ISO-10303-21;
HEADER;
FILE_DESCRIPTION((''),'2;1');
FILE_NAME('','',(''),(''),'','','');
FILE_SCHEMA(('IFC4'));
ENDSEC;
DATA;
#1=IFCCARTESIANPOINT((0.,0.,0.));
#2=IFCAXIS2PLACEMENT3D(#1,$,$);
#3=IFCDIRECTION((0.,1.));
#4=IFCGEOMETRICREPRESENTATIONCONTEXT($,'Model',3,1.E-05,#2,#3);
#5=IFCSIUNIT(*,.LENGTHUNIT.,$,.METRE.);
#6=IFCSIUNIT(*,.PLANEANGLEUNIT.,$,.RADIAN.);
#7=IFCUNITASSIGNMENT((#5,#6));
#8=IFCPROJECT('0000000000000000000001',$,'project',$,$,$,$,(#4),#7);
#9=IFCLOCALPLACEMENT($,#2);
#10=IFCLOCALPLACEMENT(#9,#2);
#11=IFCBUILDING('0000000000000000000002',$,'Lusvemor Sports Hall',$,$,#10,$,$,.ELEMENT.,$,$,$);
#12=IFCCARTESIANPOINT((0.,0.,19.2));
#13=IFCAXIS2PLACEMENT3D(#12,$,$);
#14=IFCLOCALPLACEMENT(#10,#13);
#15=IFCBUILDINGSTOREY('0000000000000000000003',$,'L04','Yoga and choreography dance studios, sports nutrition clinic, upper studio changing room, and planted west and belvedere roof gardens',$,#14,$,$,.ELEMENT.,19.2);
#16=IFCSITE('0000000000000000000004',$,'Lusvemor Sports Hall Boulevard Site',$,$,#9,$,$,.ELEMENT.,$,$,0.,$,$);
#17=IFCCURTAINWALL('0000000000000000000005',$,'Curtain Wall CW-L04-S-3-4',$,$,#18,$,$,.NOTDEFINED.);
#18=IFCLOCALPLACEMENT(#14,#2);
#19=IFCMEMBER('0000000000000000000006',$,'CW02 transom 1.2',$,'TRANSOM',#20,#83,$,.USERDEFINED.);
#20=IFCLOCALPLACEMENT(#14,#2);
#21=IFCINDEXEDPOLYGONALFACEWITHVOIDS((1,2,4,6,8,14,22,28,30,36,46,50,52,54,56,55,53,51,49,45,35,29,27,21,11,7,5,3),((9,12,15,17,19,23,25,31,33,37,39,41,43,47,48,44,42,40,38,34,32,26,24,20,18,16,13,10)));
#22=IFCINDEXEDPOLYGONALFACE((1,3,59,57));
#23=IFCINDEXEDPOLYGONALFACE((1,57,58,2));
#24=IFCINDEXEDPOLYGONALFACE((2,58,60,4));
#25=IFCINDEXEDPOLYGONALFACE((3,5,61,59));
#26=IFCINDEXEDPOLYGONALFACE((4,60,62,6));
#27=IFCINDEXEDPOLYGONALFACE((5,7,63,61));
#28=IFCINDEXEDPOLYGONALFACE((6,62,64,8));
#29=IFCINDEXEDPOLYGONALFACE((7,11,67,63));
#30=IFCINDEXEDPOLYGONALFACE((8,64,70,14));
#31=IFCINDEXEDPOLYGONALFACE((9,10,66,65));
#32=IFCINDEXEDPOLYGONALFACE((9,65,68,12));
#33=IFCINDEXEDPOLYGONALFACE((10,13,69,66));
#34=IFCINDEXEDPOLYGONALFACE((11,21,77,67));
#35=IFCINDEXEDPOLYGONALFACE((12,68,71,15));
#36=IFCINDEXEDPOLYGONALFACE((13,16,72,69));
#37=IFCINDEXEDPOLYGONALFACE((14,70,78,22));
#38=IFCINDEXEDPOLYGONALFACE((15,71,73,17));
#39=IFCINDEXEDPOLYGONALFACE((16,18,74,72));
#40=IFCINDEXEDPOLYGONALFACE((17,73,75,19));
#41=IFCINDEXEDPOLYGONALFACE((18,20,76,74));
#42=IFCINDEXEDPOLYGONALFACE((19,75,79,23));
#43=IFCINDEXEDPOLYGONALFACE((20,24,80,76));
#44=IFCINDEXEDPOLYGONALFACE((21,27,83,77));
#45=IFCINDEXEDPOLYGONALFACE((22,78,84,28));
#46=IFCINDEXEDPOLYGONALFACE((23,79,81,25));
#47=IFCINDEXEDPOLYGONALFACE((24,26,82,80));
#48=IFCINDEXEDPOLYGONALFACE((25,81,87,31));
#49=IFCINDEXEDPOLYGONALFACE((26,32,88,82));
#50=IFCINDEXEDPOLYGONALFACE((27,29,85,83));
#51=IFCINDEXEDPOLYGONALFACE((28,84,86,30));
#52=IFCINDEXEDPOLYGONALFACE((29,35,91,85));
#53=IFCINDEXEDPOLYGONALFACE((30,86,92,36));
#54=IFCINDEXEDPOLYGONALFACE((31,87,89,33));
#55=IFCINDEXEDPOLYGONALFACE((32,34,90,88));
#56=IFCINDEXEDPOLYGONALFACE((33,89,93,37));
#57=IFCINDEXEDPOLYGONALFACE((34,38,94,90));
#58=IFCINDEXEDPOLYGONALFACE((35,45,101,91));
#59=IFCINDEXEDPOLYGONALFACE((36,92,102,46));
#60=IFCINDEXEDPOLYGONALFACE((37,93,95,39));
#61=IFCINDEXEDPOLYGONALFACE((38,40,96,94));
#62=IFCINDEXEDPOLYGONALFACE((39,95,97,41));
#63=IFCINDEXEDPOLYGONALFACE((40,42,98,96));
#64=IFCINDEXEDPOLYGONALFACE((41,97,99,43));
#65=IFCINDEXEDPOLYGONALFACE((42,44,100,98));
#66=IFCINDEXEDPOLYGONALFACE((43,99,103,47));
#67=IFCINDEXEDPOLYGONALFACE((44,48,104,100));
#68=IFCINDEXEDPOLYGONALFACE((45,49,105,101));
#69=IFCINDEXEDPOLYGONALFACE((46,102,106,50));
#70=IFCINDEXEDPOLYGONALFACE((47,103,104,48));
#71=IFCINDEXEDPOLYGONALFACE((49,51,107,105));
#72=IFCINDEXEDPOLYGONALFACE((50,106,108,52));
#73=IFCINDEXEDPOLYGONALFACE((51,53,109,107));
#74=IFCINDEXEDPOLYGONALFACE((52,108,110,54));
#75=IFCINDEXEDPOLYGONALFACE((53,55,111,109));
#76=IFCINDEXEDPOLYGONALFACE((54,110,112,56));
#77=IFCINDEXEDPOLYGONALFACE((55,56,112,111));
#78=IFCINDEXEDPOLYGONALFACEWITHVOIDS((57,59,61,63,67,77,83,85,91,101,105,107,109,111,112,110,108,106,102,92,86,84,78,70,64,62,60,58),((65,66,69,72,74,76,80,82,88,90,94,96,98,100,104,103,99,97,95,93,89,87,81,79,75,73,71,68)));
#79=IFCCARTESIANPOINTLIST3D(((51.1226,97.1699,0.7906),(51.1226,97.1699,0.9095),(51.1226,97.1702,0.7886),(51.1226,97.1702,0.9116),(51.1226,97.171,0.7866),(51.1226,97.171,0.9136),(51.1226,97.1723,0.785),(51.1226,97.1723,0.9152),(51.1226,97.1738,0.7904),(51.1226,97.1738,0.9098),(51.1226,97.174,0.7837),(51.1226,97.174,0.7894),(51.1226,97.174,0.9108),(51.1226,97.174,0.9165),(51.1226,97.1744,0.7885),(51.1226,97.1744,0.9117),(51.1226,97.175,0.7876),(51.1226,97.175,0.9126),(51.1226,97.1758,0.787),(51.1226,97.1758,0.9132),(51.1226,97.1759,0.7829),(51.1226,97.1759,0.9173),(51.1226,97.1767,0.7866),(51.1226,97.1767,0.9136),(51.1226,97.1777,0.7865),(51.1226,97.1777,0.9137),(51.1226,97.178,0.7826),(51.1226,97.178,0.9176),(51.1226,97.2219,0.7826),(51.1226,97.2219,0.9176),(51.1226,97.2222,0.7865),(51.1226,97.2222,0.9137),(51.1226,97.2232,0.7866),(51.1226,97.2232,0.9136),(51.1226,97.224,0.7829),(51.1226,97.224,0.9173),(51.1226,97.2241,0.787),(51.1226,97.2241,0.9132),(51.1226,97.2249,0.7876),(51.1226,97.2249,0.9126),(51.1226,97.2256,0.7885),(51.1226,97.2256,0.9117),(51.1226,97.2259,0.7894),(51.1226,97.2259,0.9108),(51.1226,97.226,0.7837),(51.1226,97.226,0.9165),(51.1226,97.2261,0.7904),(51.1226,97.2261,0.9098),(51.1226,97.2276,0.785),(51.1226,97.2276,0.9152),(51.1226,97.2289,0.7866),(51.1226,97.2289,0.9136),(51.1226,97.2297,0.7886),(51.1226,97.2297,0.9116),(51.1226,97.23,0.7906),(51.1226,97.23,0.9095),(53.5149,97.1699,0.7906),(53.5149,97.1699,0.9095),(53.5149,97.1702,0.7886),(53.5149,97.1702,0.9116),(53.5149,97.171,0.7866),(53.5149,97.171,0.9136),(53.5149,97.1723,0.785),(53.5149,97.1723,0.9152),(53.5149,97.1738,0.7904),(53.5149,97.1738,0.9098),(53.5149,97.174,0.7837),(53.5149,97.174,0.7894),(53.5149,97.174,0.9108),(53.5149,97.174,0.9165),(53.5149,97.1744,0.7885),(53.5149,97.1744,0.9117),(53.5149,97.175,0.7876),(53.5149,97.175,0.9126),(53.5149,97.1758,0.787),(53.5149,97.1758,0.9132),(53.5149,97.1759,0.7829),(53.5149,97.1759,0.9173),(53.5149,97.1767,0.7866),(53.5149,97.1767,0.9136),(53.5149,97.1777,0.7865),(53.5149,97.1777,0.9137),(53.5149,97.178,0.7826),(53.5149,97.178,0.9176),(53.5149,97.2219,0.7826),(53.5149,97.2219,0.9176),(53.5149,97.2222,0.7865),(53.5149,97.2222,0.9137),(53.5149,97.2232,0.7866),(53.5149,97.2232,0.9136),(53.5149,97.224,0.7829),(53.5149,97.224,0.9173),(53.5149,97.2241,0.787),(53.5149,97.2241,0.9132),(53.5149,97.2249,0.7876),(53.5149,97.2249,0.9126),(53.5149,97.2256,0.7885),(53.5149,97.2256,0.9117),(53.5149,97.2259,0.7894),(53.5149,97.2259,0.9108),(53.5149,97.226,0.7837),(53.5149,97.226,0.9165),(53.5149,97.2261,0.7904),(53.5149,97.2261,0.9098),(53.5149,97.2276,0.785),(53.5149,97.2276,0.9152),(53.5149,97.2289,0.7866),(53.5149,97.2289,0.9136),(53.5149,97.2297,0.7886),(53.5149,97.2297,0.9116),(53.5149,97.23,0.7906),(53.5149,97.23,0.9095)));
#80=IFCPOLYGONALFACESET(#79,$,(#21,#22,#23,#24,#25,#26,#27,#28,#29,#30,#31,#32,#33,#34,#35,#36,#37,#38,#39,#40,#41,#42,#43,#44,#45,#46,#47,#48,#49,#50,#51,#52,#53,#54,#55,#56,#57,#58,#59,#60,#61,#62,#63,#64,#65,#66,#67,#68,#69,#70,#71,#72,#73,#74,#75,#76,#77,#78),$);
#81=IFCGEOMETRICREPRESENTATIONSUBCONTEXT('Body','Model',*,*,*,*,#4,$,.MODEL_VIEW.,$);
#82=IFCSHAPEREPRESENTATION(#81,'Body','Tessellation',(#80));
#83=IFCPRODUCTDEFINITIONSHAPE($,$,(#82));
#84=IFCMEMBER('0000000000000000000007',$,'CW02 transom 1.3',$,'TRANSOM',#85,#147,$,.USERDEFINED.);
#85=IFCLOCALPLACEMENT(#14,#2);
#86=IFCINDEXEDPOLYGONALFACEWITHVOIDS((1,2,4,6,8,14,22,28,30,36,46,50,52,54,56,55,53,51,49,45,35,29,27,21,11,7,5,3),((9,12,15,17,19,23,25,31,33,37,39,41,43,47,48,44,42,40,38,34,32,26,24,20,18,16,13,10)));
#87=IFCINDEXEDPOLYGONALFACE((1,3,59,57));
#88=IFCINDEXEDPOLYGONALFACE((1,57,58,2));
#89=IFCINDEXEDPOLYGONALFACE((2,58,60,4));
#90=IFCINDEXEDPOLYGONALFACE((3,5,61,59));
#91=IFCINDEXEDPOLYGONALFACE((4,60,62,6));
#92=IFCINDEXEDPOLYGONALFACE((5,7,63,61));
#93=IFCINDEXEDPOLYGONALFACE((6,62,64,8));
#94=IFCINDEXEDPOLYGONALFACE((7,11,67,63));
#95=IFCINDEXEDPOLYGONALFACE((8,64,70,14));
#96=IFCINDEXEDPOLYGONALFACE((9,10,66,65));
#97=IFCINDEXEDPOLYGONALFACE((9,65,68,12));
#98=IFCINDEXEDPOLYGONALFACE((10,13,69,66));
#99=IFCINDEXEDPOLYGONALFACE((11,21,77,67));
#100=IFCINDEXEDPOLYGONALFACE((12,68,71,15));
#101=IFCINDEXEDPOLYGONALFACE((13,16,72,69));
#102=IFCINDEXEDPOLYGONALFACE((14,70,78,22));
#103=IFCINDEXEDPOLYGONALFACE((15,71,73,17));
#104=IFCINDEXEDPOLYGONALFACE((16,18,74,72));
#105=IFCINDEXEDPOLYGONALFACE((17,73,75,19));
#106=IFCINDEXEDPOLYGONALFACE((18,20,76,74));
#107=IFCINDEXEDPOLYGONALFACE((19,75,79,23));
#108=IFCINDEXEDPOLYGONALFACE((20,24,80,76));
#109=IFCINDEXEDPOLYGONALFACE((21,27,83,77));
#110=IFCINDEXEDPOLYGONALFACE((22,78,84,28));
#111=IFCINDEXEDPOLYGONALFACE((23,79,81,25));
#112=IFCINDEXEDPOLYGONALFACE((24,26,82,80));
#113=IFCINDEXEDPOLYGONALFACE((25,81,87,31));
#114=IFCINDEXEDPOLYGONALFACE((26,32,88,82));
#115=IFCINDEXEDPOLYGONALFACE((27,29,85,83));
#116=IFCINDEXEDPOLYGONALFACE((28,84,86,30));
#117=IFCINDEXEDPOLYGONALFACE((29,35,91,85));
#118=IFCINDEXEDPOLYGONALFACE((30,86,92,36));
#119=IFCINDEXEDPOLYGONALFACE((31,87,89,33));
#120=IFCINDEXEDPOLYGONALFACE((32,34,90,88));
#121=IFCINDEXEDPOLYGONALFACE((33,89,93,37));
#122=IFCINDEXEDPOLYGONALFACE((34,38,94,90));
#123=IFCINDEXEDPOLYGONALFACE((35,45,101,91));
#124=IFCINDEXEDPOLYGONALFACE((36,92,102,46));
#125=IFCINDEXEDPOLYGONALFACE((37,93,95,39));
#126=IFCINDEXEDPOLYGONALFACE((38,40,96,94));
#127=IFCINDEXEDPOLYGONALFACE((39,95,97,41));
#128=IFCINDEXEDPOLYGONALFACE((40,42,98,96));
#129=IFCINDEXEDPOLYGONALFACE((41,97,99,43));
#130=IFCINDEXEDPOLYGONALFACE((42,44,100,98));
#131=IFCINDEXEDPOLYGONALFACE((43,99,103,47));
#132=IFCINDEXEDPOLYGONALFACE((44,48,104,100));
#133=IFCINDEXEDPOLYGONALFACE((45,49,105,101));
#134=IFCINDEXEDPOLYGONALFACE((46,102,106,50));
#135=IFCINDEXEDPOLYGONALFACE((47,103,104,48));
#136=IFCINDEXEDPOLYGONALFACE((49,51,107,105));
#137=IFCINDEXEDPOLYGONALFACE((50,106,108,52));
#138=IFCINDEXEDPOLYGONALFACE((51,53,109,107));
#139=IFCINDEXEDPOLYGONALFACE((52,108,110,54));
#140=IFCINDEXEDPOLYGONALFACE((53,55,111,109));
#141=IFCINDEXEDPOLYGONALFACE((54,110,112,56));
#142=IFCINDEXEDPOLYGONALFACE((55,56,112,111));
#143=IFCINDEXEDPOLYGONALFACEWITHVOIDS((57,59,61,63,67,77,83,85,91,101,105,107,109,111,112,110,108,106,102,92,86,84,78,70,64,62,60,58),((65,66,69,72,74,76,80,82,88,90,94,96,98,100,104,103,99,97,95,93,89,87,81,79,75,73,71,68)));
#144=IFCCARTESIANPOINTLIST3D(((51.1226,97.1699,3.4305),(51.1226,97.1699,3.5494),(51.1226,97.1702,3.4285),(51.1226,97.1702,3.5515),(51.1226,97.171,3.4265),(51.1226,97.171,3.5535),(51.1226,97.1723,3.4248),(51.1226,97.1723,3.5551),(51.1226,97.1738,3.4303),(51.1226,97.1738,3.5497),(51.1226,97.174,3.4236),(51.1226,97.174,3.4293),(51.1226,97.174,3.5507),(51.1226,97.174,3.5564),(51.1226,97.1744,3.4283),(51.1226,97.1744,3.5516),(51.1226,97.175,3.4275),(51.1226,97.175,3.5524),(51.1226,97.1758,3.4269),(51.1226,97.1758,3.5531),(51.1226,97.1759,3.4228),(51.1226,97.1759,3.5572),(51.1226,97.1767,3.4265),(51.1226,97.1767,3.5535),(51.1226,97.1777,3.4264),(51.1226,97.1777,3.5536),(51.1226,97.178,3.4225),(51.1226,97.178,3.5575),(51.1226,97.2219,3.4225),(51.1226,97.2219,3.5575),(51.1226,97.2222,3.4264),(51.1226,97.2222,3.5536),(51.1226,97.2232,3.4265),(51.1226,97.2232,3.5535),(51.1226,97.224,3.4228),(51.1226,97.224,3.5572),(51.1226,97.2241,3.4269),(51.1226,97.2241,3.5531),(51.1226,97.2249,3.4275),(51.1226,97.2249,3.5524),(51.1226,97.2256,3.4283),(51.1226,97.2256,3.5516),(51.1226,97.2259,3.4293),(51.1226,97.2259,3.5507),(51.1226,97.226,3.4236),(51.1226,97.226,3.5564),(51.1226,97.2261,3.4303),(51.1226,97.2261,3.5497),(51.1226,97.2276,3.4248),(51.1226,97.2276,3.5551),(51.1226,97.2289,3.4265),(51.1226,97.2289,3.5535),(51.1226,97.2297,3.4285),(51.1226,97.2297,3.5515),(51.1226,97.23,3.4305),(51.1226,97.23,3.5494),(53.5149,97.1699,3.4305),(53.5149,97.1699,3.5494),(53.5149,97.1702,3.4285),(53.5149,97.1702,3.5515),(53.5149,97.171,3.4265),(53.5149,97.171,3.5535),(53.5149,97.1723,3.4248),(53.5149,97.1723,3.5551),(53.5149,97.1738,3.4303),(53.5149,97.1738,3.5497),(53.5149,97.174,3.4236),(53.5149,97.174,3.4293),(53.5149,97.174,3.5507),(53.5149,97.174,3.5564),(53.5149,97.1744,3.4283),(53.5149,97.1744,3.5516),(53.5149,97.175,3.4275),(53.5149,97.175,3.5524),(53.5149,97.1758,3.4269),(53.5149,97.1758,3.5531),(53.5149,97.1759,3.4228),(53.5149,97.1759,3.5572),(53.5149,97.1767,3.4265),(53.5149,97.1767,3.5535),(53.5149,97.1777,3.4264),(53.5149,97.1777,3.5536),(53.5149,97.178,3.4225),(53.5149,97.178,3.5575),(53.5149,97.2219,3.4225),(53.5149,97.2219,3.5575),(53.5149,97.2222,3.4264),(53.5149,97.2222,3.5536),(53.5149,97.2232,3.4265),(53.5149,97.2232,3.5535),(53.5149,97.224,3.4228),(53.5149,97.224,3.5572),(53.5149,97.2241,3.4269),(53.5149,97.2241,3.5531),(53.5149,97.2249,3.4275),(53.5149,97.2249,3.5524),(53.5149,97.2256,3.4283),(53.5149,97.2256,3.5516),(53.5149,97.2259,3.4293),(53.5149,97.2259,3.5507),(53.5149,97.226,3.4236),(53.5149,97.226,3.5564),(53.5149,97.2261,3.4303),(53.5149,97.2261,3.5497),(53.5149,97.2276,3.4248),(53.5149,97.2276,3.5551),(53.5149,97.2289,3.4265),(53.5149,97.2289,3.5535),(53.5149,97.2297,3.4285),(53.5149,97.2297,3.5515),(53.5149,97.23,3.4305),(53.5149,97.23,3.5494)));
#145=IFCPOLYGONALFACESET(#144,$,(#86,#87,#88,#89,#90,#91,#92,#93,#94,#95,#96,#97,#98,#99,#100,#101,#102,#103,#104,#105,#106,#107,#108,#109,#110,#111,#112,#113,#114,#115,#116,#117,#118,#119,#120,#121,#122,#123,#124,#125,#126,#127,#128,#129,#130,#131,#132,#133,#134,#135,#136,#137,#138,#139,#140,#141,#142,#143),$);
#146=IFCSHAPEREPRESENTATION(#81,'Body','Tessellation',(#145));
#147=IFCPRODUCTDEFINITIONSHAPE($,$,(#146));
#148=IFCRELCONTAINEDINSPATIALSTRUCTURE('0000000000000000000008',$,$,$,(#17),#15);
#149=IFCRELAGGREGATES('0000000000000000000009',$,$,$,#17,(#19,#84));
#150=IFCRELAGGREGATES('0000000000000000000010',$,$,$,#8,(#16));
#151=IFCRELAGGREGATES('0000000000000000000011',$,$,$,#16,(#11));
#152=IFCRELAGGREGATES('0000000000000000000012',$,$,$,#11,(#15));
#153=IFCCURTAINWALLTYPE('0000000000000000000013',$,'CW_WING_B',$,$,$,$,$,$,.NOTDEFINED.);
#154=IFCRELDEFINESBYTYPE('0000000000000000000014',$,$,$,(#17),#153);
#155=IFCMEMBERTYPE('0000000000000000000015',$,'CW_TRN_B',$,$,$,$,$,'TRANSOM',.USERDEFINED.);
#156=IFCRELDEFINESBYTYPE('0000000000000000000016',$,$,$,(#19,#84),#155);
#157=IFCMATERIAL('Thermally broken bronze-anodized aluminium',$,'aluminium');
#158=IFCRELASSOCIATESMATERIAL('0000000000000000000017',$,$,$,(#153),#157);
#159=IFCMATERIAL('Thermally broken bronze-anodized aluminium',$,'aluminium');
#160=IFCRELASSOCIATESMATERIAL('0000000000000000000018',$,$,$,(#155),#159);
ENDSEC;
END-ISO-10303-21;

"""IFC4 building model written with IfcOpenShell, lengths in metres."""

from ifc_helpers import new_model, si_unit, direction, frame, origin, origin_2d, place, context, subcontext, project, spatial, hollow_rectangle, extrude, material, material_profile, profile_set, type_object, element, aggregate, save


model = new_model("IFC4")

# Units and contexts
model_context = context("Model", 3, precision=1e-05, world=origin(), true_north=direction((0.0, 1.0)))
body_context = subcontext(model_context, "Body", "Model", "MODEL_VIEW")
ifc_project = project(units=[si_unit("LENGTHUNIT", "METRE"), si_unit("PLANEANGLEUNIT", "RADIAN")], contexts=[model_context])

# Site, building, storey
site_placement = place(None, origin())
site = spatial("IfcSite", under=ifc_project, at=site_placement, Name="Lusvemor Sports Hall Boulevard Site", CompositionType="ELEMENT", RefElevation=0.0)
building_placement = place(site_placement, origin())
building = spatial("IfcBuilding", under=site, at=building_placement, Name="Lusvemor Sports Hall", CompositionType="ELEMENT")
storey_placement = place(building_placement, frame((0.0, 0.0, 19.2)))
storey = spatial("IfcBuildingStorey", under=building, at=storey_placement, Name="L04", Description="Yoga and choreography dance studios, sports nutrition clinic, upper studio changing room, and planted west and belvedere roof gardens", CompositionType="ELEMENT", Elevation=19.2)

# Shared definitions
ifc_material_1 = material(Name="Thermally broken bronze-anodized aluminium", Category="aluminium")
curtain_wall_type = type_object("IfcCurtainWallType", Name="CW_WING_B", PredefinedType="NOTDEFINED", material=ifc_material_1)

# Curtain wall
curtain_wall_1_placement = place(storey_placement, origin())
curtain_wall_1 = element("IfcCurtainWall", 1, at=curtain_wall_1_placement, inside=storey, type_object=curtain_wall_type, Name="Curtain Wall CW-L04-S-3-4", PredefinedType="NOTDEFINED")

# Members
ifc_material_2 = material(Name="Thermally broken bronze-anodized aluminium", Category="aluminium")
ifc_material_profile_1 = material_profile(ifc_material_2, hollow_rectangle(XDim=0.0601, YDim=0.135, WallThickness=0.0039, InnerFilletRadius=0.0039, OuterFilletRadius=0.0081, at=origin_2d()), Name="CWTRN135x60x4")
ifc_profile_set_1 = profile_set([ifc_material_profile_1], Name="Thermally broken bronze-anodized aluminium")
member_type_1 = type_object("IfcMemberType", Name="CW_TRN_B", ElementType="TRANSOM", PredefinedType="USERDEFINED", material=ifc_profile_set_1)
member_1_placement = place(storey_placement, frame((53.5149, 97.2, 0.8501), z_axis=(-1.0, 0.0, 0.0), x_axis=(0.0, -1.0, 0.0)))
member_1 = element("IfcMember", 2, at=member_1_placement, type_object=member_type_1, Name="CW02 transom 1.2", ObjectType="TRANSOM", PredefinedType="USERDEFINED", context=body_context, shape_type="SweptSolid", body=[
    extrude(hollow_rectangle(XDim=0.0601, YDim=0.135, WallThickness=0.0039, InnerFilletRadius=0.0039, OuterFilletRadius=0.0081, at=origin_2d()), origin(), (0.0, 0.0, 1.0), 2.3923),
])
member_2_placement = place(storey_placement, frame((53.5149, 97.2, 3.49), z_axis=(-1.0, 0.0, 0.0), x_axis=(0.0, -1.0, 0.0)))
member_2 = element("IfcMember", 3, at=member_2_placement, type_object=member_type_1, Name="CW02 transom 1.3", ObjectType="TRANSOM", PredefinedType="USERDEFINED", context=body_context, shape_type="SweptSolid", body=[
    extrude(hollow_rectangle(XDim=0.0601, YDim=0.135, WallThickness=0.0039, InnerFilletRadius=0.0039, OuterFilletRadius=0.0081, at=origin_2d()), origin(), (0.0, 0.0, 1.0), 2.3923),
])

aggregate(curtain_wall_1, [member_1, member_2])

save(model, "model.ifc")
